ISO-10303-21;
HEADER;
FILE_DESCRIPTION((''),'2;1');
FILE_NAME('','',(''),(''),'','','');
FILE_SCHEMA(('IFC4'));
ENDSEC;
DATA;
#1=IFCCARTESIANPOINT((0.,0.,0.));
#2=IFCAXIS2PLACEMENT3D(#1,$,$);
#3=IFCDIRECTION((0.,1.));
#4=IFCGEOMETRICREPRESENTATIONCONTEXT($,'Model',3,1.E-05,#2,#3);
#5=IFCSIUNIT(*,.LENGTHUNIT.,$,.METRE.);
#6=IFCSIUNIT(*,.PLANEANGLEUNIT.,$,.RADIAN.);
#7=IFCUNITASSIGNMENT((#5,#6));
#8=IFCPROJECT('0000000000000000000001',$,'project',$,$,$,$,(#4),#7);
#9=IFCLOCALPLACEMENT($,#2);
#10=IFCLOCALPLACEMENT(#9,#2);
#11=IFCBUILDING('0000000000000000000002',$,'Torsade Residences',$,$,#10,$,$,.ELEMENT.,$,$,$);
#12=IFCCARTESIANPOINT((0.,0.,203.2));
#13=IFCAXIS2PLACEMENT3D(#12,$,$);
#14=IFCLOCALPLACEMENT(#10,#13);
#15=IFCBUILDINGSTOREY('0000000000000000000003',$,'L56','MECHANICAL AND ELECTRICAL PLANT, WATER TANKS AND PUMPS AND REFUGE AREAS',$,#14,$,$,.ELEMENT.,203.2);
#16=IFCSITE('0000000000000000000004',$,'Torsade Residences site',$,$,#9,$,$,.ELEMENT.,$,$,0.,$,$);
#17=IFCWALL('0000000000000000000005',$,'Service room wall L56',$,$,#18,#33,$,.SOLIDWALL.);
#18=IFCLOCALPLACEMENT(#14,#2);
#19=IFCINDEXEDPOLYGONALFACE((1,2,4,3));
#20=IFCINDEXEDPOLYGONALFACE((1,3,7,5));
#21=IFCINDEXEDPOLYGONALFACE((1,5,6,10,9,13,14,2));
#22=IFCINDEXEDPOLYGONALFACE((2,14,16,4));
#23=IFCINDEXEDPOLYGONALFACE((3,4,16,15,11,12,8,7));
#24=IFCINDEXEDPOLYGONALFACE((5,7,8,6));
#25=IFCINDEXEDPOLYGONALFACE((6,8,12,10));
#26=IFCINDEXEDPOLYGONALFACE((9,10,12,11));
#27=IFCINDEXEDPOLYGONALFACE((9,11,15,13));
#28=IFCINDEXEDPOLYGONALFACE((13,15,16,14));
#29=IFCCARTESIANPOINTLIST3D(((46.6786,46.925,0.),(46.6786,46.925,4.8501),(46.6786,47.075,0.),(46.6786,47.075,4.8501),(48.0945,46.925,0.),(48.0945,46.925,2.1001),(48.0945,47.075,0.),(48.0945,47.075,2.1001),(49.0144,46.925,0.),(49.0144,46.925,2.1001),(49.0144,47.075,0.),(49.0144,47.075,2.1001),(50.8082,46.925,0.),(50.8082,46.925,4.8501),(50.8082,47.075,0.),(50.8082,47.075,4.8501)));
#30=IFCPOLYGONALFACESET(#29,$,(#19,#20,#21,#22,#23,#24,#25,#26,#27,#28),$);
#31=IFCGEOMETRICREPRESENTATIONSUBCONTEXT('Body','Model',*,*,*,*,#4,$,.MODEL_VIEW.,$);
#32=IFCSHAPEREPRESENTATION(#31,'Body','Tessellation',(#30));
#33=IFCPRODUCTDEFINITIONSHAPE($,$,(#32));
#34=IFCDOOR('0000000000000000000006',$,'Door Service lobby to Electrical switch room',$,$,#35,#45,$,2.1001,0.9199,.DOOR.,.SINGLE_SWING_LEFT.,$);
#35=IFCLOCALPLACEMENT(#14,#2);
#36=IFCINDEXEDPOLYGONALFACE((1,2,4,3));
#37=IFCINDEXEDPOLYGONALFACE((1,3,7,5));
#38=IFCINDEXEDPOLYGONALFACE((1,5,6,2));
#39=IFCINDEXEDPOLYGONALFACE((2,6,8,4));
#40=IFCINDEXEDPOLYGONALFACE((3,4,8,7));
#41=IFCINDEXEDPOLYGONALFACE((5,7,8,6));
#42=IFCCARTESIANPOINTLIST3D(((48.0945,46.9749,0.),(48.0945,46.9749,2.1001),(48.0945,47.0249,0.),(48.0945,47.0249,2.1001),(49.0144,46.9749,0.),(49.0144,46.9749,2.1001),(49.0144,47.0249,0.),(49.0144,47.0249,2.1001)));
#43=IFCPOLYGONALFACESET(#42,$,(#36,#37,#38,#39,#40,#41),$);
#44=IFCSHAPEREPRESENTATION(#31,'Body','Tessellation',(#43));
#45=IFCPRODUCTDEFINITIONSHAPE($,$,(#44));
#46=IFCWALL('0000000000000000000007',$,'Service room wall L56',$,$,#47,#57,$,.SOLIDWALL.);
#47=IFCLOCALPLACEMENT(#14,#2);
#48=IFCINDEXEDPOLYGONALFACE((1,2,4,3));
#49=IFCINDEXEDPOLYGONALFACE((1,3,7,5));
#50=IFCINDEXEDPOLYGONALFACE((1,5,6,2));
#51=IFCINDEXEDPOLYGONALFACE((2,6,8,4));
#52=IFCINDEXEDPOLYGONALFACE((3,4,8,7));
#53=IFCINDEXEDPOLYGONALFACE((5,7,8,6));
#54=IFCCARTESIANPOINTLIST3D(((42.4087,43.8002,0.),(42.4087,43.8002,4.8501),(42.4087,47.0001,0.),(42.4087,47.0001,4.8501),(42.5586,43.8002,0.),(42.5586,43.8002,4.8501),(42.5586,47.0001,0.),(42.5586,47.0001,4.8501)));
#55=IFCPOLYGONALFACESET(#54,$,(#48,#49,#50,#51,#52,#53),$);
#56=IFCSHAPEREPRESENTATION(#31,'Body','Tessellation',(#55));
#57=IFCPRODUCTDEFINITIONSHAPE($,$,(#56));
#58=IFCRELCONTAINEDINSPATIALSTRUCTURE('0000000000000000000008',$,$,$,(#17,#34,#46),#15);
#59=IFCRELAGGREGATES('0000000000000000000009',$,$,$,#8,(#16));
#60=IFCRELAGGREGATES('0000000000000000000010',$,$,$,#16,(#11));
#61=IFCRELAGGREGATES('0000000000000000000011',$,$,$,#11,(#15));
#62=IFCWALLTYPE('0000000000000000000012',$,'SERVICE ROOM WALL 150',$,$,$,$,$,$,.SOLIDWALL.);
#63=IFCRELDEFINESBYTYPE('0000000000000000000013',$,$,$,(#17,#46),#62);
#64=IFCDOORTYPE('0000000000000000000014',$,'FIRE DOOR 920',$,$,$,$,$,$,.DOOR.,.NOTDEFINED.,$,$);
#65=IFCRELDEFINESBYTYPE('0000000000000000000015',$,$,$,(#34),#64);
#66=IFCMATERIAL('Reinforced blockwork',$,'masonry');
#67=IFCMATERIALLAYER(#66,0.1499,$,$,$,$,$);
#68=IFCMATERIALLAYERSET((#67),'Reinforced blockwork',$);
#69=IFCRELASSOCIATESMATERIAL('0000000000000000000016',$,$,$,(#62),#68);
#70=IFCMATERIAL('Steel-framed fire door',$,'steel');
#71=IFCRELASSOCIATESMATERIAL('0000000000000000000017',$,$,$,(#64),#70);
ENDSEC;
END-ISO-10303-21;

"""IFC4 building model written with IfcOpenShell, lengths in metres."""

from ifc_helpers import new_model, si_unit, direction, frame, frame_2d, origin, place, context, subcontext, project, spatial, rectangle, extrude, material, layer, layer_set, type_object, element, fill, save


model = new_model("IFC4")

# Units and contexts
model_context = context("Model", 3, precision=1e-05, world=origin(), true_north=direction((0.0, 1.0)))
body_context = subcontext(model_context, "Body", "Model", "MODEL_VIEW")
ifc_project = project(units=[si_unit("LENGTHUNIT", "METRE"), si_unit("PLANEANGLEUNIT", "RADIAN")], contexts=[model_context])

# Site, building, storey
site_placement = place(None, origin())
site = spatial("IfcSite", under=ifc_project, at=site_placement, Name="Torsade Residences site", CompositionType="ELEMENT", RefElevation=0.0)
building_placement = place(site_placement, origin())
building = spatial("IfcBuilding", under=site, at=building_placement, Name="Torsade Residences", CompositionType="ELEMENT")
storey_placement = place(building_placement, frame((0.0, 0.0, 203.2)))
storey = spatial("IfcBuildingStorey", under=building, at=storey_placement, Name="L56", Description="MECHANICAL AND ELECTRICAL PLANT, WATER TANKS AND PUMPS AND REFUGE AREAS", CompositionType="ELEMENT", Elevation=203.2)

# Shared definitions
ifc_material_1 = material(Name="Reinforced blockwork", Category="masonry")
ifc_layer_1 = layer(ifc_material_1, 0.1499)
ifc_layer_set_1 = layer_set([ifc_layer_1], Name="Reinforced blockwork")
wall_type_1 = type_object("IfcWallType", Name="SERVICE ROOM WALL 150", PredefinedType="SOLIDWALL", material=ifc_layer_set_1)

# Wall, opening, door
wall_1_placement = place(storey_placement, frame((46.6785, 47.0, 0.0), z_axis=(0.0, 0.0, 1.0), x_axis=(1.0, 0.0, 0.0)))
wall_1 = element("IfcWall", 1, at=wall_1_placement, inside=storey, type_object=wall_type_1, Name="Service room wall L56", PredefinedType="SOLIDWALL", context=body_context, shape_type="SweptSolid", body=[
    extrude(rectangle(XDim=4.1296, YDim=0.1499, at=frame_2d((2.0649, 0.0))), origin(), (0.0, 0.0, 1.0), 4.8501),
])
opening_1_placement = place(wall_1_placement, frame((1.416, 0.0, 0.0)))
opening_1 = element("IfcOpeningElement", 2, at=opening_1_placement, cuts=wall_1, PredefinedType="OPENING", context=body_context, shape_type="SweptSolid", body=[
    extrude(rectangle(XDim=0.9199, YDim=2.1001, at=frame_2d((0.46, 1.05))), frame((0.0, 0.085, 0.0), z_axis=(0.0, -1.0, 0.0), x_axis=(1.0, 0.0, 0.0)), (0.0, 0.0, 1.0), 0.1699),
])
ifc_material_2 = material(Name="Steel-framed fire door", Category="steel")
door_type_1 = type_object("IfcDoorType", Name="FIRE DOOR 920", OperationType="NOTDEFINED", PredefinedType="DOOR", material=ifc_material_2)
door_1_placement = place(opening_1_placement, origin())
door_1 = element("IfcDoor", 3, at=door_1_placement, inside=storey, type_object=door_type_1, Name="Door Service lobby to Electrical switch room", OperationType="SINGLE_SWING_LEFT", OverallHeight=2.1001, OverallWidth=0.9199, PredefinedType="DOOR", context=body_context, shape_type="SweptSolid", body=[
    extrude(rectangle(XDim=0.9199, YDim=2.1001, at=frame_2d((0.46, 1.05))), frame((0.0, 0.0249, 0.0), z_axis=(0.0, -1.0, 0.0), x_axis=(1.0, 0.0, 0.0)), (0.0, 0.0, 1.0), 0.05),
])
fill(opening_1, door_1)

# Wall
wall_2_placement = place(storey_placement, frame((42.4836, 43.8, 0.0), z_axis=(0.0, 0.0, 1.0), x_axis=(0.0, 1.0, 0.0)))
element("IfcWall", 4, at=wall_2_placement, inside=storey, type_object=wall_type_1, Name="Service room wall L56", PredefinedType="SOLIDWALL", context=body_context, shape_type="SweptSolid", body=[
    extrude(rectangle(XDim=3.2, YDim=0.1499, at=frame_2d((1.6001, 0.0))), origin(), (0.0, 0.0, 1.0), 4.8501),
])

save(model, "model.ifc")
